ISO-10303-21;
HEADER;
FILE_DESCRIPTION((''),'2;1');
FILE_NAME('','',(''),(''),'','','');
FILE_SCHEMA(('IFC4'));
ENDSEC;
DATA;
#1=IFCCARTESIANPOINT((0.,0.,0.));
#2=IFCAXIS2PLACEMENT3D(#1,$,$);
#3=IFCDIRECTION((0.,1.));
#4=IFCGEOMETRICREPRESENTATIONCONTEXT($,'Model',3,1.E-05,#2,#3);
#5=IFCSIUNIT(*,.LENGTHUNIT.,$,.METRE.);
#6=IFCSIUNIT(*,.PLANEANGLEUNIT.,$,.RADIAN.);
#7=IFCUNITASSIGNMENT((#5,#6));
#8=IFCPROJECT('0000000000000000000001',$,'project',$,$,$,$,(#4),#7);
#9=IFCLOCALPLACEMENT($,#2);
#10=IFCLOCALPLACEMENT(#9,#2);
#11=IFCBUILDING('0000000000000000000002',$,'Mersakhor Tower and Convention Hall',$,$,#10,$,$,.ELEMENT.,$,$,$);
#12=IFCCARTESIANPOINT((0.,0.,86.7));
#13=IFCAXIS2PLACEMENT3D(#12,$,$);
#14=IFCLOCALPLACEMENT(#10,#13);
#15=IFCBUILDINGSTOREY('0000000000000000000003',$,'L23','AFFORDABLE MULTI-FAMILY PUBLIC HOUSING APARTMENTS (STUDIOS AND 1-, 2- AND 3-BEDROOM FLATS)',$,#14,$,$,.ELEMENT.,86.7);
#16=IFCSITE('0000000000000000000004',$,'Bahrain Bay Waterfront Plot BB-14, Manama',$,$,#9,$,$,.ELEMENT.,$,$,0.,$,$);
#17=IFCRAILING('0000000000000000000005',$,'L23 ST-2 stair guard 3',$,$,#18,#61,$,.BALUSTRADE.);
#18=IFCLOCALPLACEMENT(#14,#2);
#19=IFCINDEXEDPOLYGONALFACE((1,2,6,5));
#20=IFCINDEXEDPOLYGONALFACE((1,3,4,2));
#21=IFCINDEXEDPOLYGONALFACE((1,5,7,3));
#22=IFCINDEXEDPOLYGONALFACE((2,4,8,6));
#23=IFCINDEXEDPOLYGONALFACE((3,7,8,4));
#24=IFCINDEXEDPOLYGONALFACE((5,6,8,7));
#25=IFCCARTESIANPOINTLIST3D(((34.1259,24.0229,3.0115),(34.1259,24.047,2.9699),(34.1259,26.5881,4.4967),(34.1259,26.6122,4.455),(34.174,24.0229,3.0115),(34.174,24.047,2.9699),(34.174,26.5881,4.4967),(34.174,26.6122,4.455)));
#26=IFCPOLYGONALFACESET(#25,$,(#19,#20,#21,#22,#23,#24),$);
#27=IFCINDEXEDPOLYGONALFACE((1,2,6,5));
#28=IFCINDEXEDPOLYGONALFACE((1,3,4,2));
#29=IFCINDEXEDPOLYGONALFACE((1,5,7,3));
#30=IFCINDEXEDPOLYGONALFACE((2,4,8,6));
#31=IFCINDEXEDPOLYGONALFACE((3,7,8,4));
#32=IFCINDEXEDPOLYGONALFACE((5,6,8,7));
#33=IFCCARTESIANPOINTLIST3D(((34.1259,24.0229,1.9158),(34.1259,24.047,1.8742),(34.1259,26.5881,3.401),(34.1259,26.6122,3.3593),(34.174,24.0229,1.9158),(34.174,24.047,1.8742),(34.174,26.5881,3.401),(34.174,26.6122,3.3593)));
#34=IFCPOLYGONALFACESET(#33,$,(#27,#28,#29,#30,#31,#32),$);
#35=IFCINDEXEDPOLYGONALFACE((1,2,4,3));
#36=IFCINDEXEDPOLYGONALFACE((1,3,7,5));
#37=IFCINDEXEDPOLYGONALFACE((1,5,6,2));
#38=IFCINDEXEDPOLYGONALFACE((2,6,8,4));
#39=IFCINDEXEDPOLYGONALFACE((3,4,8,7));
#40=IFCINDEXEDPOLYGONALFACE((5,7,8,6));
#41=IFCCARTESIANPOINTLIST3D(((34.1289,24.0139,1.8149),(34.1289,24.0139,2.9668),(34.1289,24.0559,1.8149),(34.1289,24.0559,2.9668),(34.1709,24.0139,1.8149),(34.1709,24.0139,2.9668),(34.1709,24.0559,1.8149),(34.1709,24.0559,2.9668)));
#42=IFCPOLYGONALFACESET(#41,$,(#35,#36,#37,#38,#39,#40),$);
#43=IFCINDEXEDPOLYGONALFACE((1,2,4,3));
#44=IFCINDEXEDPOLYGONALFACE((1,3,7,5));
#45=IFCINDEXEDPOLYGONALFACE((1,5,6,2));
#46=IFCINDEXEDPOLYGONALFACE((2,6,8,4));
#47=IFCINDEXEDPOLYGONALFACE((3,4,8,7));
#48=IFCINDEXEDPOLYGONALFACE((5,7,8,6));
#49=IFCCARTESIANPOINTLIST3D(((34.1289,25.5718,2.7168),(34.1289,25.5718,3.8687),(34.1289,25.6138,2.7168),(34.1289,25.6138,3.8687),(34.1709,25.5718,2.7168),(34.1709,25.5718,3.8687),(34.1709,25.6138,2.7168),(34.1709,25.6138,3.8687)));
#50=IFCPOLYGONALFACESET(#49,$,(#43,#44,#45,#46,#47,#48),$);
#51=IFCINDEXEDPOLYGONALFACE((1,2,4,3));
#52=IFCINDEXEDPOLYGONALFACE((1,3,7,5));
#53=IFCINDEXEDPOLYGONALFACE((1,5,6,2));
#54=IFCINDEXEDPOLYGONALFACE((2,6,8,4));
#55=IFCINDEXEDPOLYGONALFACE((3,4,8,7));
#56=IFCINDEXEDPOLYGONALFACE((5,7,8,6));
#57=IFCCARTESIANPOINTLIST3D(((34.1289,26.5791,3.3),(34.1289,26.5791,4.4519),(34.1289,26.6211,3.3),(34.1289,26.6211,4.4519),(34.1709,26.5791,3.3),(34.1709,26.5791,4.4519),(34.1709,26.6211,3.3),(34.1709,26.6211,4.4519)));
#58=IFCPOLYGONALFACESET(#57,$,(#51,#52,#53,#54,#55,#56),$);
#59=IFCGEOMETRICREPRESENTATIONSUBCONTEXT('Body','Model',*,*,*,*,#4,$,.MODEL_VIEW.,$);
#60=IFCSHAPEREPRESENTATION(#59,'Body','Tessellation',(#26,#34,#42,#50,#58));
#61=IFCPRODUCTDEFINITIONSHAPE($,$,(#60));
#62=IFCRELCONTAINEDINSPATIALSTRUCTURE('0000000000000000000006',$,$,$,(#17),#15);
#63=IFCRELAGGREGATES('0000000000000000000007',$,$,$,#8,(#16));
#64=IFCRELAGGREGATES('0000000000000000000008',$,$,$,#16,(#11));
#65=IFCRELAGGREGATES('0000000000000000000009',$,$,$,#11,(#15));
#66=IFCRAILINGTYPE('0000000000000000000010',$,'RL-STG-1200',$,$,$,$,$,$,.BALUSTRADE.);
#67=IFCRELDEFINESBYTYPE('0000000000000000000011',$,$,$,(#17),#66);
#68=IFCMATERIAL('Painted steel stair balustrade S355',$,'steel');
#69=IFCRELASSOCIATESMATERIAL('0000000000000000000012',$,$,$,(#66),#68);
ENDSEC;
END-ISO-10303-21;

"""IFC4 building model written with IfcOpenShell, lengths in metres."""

from ifc_helpers import new_model, si_unit, direction, frame, origin, origin_2d, place, context, subcontext, project, spatial, rectangle, extrude, material, type_object, element, save


model = new_model("IFC4")

# Units and contexts
model_context = context("Model", 3, precision=1e-05, world=origin(), true_north=direction((0.0, 1.0)))
body_context = subcontext(model_context, "Body", "Model", "MODEL_VIEW")
ifc_project = project(units=[si_unit("LENGTHUNIT", "METRE"), si_unit("PLANEANGLEUNIT", "RADIAN")], contexts=[model_context])

# Site, building, storey
site_placement = place(None, origin())
site = spatial("IfcSite", under=ifc_project, at=site_placement, Name="Bahrain Bay Waterfront Plot BB-14, Manama", CompositionType="ELEMENT", RefElevation=0.0)
building_placement = place(site_placement, origin())
building = spatial("IfcBuilding", under=site, at=building_placement, Name="Mersakhor Tower and Convention Hall", CompositionType="ELEMENT")
storey_placement = place(building_placement, frame((0.0, 0.0, 86.7)))
storey = spatial("IfcBuildingStorey", under=building, at=storey_placement, Name="L23", Description="AFFORDABLE MULTI-FAMILY PUBLIC HOUSING APARTMENTS (STUDIOS AND 1-, 2- AND 3-BEDROOM FLATS)", CompositionType="ELEMENT", Elevation=86.7)

# Railing
ifc_material_1 = material(Name="Painted steel stair balustrade S355", Category="steel")
railing_type_1 = type_object("IfcRailingType", Name="RL-STG-1200", PredefinedType="BALUSTRADE", material=ifc_material_1)
railing_1_placement = place(storey_placement, frame((34.1499, 24.0349, 1.8149)))
element("IfcRailing", 1, at=railing_1_placement, inside=storey, type_object=railing_type_1, Name="L23 ST-2 stair guard 3", PredefinedType="BALUSTRADE", context=body_context, shape_type="SweptSolid", body=[
    extrude(rectangle(XDim=0.0481, YDim=0.0481, at=origin_2d()), frame((0.0, 0.0, 1.1758), z_axis=(0.0, 0.865426, 0.501036), x_axis=(-1.0, 0.0, 0.0)), (0.0, 0.0, 1.0), 2.9641),
    extrude(rectangle(XDim=0.0481, YDim=0.0481, at=origin_2d()), frame((0.0, 0.0, 0.0801), z_axis=(0.0, 0.865426, 0.501036), x_axis=(-1.0, 0.0, 0.0)), (0.0, 0.0, 1.0), 2.9641),
    extrude(rectangle(XDim=0.042, YDim=0.042, at=origin_2d()), origin(), (0.0, 0.0, 1.0), 1.1519),
    extrude(rectangle(XDim=0.042, YDim=0.042, at=origin_2d()), frame((0.0, 1.5579, 0.9019)), (0.0, 0.0, 1.0), 1.1519),
    extrude(rectangle(XDim=0.042, YDim=0.042, at=origin_2d()), frame((0.0, 2.5652, 1.4851)), (0.0, 0.0, 1.0), 1.1519),
])

save(model, "model.ifc")
